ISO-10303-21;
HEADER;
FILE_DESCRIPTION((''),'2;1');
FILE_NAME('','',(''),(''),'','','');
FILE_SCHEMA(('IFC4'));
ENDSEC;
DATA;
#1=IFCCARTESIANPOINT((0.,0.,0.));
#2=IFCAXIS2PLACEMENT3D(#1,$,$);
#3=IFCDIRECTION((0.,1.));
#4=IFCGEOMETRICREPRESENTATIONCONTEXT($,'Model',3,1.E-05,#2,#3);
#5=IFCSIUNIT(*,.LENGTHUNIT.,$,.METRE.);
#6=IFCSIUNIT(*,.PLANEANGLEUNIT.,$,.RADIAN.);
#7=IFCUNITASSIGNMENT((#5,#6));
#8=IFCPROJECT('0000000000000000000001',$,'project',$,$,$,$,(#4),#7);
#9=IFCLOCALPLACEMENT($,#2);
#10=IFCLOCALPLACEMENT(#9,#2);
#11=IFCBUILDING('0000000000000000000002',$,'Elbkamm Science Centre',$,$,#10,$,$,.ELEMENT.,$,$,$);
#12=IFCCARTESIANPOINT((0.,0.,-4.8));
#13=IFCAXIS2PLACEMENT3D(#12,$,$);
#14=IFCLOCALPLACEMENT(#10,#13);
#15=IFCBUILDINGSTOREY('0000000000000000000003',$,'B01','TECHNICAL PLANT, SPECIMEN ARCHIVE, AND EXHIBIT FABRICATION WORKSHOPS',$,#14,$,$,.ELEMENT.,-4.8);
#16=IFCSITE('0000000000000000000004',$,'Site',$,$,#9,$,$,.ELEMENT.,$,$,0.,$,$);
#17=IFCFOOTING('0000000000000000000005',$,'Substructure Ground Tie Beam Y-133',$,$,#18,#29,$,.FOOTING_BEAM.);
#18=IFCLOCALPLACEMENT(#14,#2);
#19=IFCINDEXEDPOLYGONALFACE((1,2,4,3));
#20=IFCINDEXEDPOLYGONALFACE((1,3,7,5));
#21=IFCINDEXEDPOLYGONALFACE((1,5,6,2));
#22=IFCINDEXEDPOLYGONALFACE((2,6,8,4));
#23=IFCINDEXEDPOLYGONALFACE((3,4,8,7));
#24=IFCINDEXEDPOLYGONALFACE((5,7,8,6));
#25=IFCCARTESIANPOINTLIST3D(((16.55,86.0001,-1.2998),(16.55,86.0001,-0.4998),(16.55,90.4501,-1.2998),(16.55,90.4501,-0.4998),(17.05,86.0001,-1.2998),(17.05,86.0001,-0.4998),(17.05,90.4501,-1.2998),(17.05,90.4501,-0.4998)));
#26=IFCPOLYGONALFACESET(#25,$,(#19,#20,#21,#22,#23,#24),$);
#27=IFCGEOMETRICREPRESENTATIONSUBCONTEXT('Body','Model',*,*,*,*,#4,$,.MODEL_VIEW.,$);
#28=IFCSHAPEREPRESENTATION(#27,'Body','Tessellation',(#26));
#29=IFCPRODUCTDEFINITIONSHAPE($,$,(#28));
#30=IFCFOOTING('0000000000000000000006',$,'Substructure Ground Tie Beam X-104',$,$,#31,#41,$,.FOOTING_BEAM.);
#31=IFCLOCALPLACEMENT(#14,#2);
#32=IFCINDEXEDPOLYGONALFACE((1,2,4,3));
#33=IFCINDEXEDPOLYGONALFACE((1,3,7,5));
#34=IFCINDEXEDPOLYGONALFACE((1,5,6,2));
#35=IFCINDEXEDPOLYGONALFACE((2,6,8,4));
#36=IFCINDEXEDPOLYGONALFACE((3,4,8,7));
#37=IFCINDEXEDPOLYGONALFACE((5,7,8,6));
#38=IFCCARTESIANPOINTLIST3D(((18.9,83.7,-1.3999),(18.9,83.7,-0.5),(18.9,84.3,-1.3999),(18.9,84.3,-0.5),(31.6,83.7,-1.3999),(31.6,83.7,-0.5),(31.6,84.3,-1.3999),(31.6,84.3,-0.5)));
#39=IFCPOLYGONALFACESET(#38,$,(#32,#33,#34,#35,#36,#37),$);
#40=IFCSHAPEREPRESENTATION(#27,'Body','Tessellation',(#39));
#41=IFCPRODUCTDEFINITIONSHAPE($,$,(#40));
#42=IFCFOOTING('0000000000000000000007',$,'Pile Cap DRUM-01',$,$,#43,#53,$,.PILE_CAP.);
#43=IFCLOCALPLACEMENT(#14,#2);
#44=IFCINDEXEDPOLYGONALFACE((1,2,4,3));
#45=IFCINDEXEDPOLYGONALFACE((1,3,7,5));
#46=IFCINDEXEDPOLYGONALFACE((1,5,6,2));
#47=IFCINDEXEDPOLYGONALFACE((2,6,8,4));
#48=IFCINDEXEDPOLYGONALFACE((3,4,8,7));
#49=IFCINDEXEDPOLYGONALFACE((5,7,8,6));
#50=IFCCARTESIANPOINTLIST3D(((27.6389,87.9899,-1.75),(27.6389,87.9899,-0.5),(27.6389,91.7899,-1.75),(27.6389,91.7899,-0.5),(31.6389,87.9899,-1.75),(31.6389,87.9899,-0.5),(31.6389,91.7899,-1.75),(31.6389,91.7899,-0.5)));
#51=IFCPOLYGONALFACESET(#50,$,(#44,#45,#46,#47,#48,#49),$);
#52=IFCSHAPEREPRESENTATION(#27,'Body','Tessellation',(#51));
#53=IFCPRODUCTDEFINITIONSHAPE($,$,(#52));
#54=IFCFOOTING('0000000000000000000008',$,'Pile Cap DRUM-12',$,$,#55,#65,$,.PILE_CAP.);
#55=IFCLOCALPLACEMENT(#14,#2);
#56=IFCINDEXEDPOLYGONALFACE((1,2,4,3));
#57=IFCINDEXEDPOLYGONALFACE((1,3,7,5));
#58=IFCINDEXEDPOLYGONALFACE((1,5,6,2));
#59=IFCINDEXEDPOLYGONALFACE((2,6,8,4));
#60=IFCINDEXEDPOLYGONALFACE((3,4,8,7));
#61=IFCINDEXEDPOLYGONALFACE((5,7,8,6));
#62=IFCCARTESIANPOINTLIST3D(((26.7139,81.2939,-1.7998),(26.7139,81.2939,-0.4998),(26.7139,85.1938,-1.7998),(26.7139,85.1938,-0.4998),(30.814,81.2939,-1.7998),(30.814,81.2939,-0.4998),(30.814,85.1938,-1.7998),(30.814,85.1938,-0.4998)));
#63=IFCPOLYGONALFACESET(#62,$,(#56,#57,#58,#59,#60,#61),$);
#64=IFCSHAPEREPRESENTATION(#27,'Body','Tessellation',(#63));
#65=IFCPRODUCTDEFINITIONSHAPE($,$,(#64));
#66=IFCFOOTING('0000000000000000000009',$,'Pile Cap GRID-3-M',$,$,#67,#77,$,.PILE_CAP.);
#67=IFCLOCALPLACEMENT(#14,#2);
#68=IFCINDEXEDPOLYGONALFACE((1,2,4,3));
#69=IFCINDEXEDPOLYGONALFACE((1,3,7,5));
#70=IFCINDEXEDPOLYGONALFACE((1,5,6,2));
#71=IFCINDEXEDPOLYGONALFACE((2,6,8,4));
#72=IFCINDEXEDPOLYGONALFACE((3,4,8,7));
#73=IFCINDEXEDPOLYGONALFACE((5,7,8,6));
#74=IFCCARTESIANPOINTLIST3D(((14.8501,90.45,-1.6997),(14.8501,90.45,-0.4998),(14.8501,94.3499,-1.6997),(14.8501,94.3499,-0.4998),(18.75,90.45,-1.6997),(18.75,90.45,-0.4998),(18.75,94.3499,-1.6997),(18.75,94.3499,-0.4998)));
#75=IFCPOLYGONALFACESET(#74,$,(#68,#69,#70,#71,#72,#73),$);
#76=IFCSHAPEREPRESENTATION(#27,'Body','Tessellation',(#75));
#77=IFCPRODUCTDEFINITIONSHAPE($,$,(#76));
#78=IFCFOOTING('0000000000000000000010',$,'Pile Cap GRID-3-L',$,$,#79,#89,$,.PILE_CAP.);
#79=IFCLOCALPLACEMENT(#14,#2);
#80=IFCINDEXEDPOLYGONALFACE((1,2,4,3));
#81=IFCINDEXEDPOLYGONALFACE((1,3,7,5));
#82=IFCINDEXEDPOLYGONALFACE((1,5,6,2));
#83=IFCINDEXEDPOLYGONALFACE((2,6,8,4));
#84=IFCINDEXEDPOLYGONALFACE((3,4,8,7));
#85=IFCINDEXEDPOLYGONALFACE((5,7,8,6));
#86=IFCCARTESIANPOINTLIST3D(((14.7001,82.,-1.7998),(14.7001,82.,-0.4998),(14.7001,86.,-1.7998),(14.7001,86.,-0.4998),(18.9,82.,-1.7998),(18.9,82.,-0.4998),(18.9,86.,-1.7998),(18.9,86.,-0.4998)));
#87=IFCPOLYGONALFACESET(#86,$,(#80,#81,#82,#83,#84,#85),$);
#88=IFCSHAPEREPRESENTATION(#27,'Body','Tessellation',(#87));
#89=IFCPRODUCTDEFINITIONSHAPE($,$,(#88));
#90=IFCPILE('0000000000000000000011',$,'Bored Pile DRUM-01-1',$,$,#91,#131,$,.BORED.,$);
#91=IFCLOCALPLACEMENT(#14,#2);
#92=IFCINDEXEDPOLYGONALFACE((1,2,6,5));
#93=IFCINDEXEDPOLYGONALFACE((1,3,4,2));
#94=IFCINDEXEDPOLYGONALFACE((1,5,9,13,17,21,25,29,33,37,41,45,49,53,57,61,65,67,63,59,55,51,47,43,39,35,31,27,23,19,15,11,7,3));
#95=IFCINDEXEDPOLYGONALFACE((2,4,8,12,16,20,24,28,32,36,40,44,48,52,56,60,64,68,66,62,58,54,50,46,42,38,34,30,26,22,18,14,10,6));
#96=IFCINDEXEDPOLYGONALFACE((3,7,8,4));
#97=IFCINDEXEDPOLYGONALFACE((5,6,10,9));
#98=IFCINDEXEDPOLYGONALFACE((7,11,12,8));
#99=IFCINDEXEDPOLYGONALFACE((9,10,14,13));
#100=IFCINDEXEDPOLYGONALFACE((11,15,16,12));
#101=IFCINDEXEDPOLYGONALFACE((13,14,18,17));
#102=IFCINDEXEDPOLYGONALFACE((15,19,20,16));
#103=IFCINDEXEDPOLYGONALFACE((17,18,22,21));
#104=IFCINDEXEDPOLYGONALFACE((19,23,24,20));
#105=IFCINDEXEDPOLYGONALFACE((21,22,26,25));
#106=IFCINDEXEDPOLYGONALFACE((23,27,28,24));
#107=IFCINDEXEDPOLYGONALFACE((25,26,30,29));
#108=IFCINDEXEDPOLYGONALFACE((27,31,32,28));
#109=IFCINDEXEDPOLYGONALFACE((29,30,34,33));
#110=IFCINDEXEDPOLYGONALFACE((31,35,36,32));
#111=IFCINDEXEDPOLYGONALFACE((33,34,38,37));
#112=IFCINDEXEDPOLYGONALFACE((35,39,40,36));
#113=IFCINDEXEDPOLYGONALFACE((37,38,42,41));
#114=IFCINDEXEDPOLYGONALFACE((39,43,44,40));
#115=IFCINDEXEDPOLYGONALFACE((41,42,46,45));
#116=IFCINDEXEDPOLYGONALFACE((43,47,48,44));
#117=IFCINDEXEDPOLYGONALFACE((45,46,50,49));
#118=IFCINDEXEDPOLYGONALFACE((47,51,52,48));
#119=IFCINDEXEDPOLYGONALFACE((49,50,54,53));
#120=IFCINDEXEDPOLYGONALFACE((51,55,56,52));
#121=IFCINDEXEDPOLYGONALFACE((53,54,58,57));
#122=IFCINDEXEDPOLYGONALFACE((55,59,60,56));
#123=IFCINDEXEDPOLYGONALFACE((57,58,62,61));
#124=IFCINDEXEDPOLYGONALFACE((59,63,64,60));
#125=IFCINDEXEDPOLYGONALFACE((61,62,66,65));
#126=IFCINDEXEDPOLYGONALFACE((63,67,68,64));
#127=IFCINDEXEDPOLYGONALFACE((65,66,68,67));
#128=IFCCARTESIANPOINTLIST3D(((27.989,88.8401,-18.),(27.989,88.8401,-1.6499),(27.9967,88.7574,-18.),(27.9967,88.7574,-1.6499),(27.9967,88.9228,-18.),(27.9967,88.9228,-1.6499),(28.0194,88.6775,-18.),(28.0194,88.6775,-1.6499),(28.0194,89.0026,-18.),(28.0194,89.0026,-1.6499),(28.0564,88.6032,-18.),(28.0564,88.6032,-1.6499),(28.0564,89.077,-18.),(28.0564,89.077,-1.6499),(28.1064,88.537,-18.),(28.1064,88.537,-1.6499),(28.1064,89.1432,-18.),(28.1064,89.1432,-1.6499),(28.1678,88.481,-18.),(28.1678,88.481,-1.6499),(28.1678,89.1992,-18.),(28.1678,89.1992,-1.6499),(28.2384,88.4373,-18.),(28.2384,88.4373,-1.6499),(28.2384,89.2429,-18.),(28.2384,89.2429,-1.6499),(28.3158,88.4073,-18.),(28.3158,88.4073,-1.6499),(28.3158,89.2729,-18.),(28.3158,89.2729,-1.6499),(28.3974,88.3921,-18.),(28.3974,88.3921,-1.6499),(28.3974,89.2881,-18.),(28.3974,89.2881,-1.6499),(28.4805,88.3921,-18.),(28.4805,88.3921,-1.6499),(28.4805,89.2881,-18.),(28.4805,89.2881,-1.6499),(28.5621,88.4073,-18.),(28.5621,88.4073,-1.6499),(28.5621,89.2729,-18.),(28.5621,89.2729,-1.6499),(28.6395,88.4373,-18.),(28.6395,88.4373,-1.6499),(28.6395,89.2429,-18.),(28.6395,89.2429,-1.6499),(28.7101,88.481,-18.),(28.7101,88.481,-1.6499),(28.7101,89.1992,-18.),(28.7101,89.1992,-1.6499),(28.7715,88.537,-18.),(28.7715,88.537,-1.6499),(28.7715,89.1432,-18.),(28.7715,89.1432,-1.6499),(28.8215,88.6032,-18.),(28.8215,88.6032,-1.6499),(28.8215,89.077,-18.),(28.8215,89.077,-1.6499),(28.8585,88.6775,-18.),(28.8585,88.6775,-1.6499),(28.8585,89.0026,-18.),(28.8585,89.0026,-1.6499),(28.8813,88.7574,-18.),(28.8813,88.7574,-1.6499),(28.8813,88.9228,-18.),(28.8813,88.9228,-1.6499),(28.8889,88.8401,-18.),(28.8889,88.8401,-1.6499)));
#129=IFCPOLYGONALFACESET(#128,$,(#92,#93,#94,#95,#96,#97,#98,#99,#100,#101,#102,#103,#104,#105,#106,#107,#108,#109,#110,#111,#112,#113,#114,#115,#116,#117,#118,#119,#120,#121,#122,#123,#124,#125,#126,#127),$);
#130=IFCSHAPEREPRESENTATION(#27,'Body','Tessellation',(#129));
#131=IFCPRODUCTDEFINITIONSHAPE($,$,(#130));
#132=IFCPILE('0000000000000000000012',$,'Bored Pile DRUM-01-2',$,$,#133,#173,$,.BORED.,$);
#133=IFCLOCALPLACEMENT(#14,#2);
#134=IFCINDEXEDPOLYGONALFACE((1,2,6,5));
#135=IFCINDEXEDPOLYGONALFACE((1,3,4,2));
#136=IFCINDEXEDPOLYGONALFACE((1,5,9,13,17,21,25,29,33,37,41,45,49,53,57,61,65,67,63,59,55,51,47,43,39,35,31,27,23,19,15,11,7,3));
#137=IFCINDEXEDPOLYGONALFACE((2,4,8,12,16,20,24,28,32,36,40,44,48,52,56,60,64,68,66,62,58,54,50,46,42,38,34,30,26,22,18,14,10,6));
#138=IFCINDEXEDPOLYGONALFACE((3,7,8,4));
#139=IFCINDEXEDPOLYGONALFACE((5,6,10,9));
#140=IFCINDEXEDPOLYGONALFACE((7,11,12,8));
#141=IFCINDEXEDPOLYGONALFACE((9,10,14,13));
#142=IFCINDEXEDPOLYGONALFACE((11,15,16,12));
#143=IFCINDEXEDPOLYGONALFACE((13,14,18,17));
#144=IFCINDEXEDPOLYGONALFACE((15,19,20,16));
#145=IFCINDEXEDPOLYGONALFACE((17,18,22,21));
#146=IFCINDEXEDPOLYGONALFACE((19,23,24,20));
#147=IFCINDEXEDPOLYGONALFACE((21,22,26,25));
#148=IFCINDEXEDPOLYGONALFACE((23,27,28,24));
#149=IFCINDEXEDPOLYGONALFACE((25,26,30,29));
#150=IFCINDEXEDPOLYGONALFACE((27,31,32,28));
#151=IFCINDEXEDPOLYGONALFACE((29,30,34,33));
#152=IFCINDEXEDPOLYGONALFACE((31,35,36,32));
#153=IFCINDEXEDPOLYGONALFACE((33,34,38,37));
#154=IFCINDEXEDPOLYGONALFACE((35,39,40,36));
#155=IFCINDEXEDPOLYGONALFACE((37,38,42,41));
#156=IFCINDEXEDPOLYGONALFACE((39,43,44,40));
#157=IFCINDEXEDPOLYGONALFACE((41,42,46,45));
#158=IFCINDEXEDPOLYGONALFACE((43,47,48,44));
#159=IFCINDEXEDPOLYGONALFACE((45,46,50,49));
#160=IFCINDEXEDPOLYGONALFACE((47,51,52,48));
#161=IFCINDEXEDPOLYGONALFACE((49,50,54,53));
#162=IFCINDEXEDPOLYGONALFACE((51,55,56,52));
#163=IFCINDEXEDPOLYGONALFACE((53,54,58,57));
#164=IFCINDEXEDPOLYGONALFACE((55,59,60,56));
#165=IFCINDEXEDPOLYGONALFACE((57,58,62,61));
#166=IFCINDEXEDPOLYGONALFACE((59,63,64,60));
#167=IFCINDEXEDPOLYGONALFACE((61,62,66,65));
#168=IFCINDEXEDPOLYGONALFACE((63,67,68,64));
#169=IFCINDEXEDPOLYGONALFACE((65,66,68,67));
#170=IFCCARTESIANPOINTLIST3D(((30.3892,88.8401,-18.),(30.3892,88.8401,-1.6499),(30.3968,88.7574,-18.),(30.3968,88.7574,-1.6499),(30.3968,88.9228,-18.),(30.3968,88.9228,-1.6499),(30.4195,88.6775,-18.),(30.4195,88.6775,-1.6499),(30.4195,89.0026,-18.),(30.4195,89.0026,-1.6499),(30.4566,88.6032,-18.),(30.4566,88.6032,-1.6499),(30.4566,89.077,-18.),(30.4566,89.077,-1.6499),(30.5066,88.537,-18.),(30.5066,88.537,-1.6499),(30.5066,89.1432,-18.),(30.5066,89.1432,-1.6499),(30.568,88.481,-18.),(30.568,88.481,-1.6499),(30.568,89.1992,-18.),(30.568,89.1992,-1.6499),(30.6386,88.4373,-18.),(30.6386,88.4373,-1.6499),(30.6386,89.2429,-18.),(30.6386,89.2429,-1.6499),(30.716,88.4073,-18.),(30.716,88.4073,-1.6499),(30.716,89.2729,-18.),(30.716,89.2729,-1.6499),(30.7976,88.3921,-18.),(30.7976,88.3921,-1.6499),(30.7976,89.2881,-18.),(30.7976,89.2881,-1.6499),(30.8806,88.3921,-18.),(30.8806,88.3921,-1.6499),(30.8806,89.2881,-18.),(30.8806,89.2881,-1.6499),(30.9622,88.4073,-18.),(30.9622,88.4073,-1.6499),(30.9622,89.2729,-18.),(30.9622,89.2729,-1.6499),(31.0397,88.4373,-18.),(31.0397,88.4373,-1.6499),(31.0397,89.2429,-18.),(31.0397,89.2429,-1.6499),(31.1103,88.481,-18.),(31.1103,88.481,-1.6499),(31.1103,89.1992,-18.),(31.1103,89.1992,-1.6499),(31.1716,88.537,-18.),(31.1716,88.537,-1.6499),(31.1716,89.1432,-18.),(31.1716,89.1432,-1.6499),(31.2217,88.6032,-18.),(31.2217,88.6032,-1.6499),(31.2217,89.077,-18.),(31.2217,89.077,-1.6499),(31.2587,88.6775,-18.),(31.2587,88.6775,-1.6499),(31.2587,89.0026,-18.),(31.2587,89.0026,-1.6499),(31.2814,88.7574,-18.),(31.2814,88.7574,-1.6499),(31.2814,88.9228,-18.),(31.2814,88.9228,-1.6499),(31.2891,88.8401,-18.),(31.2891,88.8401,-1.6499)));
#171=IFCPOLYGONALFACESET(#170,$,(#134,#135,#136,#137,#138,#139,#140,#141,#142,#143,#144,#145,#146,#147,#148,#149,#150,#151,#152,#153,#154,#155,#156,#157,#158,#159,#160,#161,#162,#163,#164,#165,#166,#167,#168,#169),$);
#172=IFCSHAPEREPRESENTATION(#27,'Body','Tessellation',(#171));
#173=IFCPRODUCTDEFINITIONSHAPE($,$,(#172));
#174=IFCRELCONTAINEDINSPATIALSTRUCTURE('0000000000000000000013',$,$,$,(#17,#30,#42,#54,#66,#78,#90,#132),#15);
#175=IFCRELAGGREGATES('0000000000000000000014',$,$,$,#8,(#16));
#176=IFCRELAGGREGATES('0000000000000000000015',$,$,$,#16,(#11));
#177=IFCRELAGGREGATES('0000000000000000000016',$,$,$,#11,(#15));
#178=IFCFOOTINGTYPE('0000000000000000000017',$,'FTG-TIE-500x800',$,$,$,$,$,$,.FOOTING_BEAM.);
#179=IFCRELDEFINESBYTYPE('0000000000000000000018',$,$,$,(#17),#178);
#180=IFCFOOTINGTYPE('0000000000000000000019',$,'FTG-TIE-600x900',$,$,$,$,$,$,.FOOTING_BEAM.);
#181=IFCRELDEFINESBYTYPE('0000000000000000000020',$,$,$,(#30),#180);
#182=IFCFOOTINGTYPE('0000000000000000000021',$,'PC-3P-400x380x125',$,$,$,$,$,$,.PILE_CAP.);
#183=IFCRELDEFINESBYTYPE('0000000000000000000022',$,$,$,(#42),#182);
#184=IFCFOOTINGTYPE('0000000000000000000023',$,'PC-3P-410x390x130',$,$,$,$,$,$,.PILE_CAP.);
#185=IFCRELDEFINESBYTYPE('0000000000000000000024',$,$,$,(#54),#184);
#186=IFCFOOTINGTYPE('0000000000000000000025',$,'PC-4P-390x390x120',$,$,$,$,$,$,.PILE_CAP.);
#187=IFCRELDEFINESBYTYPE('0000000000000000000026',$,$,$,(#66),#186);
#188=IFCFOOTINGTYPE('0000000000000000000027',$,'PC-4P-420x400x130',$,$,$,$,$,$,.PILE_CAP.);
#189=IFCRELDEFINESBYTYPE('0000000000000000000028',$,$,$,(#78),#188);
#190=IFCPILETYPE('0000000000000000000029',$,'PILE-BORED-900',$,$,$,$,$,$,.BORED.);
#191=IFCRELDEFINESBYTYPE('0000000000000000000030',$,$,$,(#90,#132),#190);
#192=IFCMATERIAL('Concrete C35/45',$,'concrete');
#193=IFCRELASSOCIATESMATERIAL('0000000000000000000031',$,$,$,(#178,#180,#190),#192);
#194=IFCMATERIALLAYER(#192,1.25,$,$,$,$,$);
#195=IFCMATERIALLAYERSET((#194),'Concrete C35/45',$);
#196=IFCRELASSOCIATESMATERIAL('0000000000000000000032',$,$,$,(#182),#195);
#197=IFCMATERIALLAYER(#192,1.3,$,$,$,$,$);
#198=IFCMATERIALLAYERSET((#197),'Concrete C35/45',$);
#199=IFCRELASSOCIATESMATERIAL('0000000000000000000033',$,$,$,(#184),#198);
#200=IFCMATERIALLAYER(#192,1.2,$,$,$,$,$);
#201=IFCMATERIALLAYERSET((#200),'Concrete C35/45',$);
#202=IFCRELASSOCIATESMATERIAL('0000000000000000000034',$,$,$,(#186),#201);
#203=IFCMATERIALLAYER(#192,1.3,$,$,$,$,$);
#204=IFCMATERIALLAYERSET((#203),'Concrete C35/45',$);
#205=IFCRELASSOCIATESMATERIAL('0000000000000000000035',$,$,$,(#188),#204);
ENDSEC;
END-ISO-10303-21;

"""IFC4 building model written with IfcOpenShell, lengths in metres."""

from ifc_helpers import new_model, si_unit, direction, frame, origin, origin_2d, place, context, subcontext, project, spatial, rectangle, circle, extrude, material, layer, layer_set, material_profile, profile_set, type_object, element, save


model = new_model("IFC4")

# Units and contexts
model_context = context("Model", 3, precision=1e-05, world=origin(), true_north=direction((0.0, 1.0)))
body_context = subcontext(model_context, "Body", "Model", "MODEL_VIEW")
ifc_project = project(units=[si_unit("LENGTHUNIT", "METRE"), si_unit("PLANEANGLEUNIT", "RADIAN")], contexts=[model_context])

# Site, building, storey
site_placement = place(None, origin())
site = spatial("IfcSite", under=ifc_project, at=site_placement, Name="Site", CompositionType="ELEMENT", RefElevation=0.0)
building_placement = place(site_placement, origin())
building = spatial("IfcBuilding", under=site, at=building_placement, Name="Elbkamm Science Centre", CompositionType="ELEMENT")
storey_placement = place(building_placement, frame((0.0, 0.0, -4.8)))
storey = spatial("IfcBuildingStorey", under=building, at=storey_placement, Name="B01", Description="TECHNICAL PLANT, SPECIMEN ARCHIVE, AND EXHIBIT FABRICATION WORKSHOPS", CompositionType="ELEMENT", Elevation=-4.8)

# Footings
ifc_material_1 = material(Name="Concrete C35/45", Category="concrete")
footing_type_1 = type_object("IfcFootingType", Name="FTG-TIE-500x800", PredefinedType="FOOTING_BEAM", material=ifc_material_1)
footing_1_placement = place(storey_placement, frame((16.8, 88.2251, -1.2998), z_axis=(0.0, 0.0, 1.0), x_axis=(1.0, 0.0, 0.0)))
element("IfcFooting", 1, at=footing_1_placement, inside=storey, type_object=footing_type_1, Name="Substructure Ground Tie Beam Y-133", PredefinedType="FOOTING_BEAM", context=body_context, shape_type="SweptSolid", body=[
    extrude(rectangle(XDim=0.5, YDim=4.45, at=origin_2d()), origin(), (0.0, 0.0, 1.0), 0.8),
])
footing_type_2 = type_object("IfcFootingType", Name="FTG-TIE-600x900", PredefinedType="FOOTING_BEAM", material=ifc_material_1)
footing_2_placement = place(storey_placement, frame((25.25, 84.0, -1.3999), z_axis=(0.0, 0.0, 1.0), x_axis=(1.0, 0.0, 0.0)))
element("IfcFooting", 2, at=footing_2_placement, inside=storey, type_object=footing_type_2, Name="Substructure Ground Tie Beam X-104", PredefinedType="FOOTING_BEAM", context=body_context, shape_type="SweptSolid", body=[
    extrude(rectangle(XDim=12.7, YDim=0.6001, at=origin_2d()), origin(), (0.0, 0.0, 1.0), 0.8999),
])
ifc_layer_1 = layer(ifc_material_1, 1.25)
ifc_layer_set_1 = layer_set([ifc_layer_1], Name="Concrete C35/45")
footing_type_3 = type_object("IfcFootingType", Name="PC-3P-400x380x125", PredefinedType="PILE_CAP", material=ifc_layer_set_1)
footing_3_placement = place(storey_placement, frame((29.6389, 89.8899, -1.75), z_axis=(0.0, 0.0, 1.0), x_axis=(1.0, 0.0, 0.0)))
element("IfcFooting", 3, at=footing_3_placement, inside=storey, type_object=footing_type_3, Name="Pile Cap DRUM-01", PredefinedType="PILE_CAP", context=body_context, shape_type="SweptSolid", body=[
    extrude(rectangle(XDim=4.0, YDim=3.8, at=origin_2d()), origin(), (0.0, 0.0, 1.0), 1.25),
])
ifc_layer_2 = layer(ifc_material_1, 1.3)
ifc_layer_set_2 = layer_set([ifc_layer_2], Name="Concrete C35/45")
footing_type_4 = type_object("IfcFootingType", Name="PC-3P-410x390x130", PredefinedType="PILE_CAP", material=ifc_layer_set_2)
footing_4_placement = place(storey_placement, frame((28.7639, 83.2439, -1.7998), z_axis=(0.0, 0.0, 1.0), x_axis=(1.0, 0.0, 0.0)))
element("IfcFooting", 4, at=footing_4_placement, inside=storey, type_object=footing_type_4, Name="Pile Cap DRUM-12", PredefinedType="PILE_CAP", context=body_context, shape_type="SweptSolid", body=[
    extrude(rectangle(XDim=4.1001, YDim=3.8999, at=origin_2d()), origin(), (0.0, 0.0, 1.0), 1.3),
])
ifc_layer_3 = layer(ifc_material_1, 1.2)
ifc_layer_set_3 = layer_set([ifc_layer_3], Name="Concrete C35/45")
footing_type_5 = type_object("IfcFootingType", Name="PC-4P-390x390x120", PredefinedType="PILE_CAP", material=ifc_layer_set_3)
footing_5_placement = place(storey_placement, frame((16.8, 92.3999, -1.6997), z_axis=(0.0, 0.0, 1.0), x_axis=(1.0, 0.0, 0.0)))
element("IfcFooting", 5, at=footing_5_placement, inside=storey, type_object=footing_type_5, Name="Pile Cap GRID-3-M", PredefinedType="PILE_CAP", context=body_context, shape_type="SweptSolid", body=[
    extrude(rectangle(XDim=3.8999, YDim=3.8999, at=origin_2d()), origin(), (0.0, 0.0, 1.0), 1.2),
])
ifc_layer_4 = layer(ifc_material_1, 1.3)
ifc_layer_set_4 = layer_set([ifc_layer_4], Name="Concrete C35/45")
footing_type_6 = type_object("IfcFootingType", Name="PC-4P-420x400x130", PredefinedType="PILE_CAP", material=ifc_layer_set_4)
footing_6_placement = place(storey_placement, frame((16.8, 84.0, -1.7998), z_axis=(0.0, 0.0, 1.0), x_axis=(1.0, 0.0, 0.0)))
element("IfcFooting", 6, at=footing_6_placement, inside=storey, type_object=footing_type_6, Name="Pile Cap GRID-3-L", PredefinedType="PILE_CAP", context=body_context, shape_type="SweptSolid", body=[
    extrude(rectangle(XDim=4.2, YDim=4.0, at=origin_2d()), origin(), (0.0, 0.0, 1.0), 1.3),
])

# Piles
ifc_material_profile_1 = material_profile(ifc_material_1, circle(Radius=0.45, at=origin_2d()), Name="PILE D900")
ifc_profile_set_1 = profile_set([ifc_material_profile_1], Name="Concrete C35/45")
pile_type = type_object("IfcPileType", Name="PILE-BORED-900", PredefinedType="BORED", material=ifc_profile_set_1)
for number, where, z_axis, x_axis, name in (
    (7, (28.439, 88.8401, -1.6499), (0.0, 0.0, -1.0), (1.0, 0.0, 0.0), "Bored Pile DRUM-01-1"),
    (8, (30.8391, 88.8401, -1.6499), (0.0, 0.0, -1.0), (1.0, 0.0, 0.0), "Bored Pile DRUM-01-2"),
):
    element("IfcPile", number, at=place(storey_placement, frame(where, z_axis=z_axis, x_axis=x_axis)), inside=storey, type_object=pile_type, Name=name, PredefinedType="BORED", context=body_context, shape_type="SweptSolid", body=[
        extrude(circle(Radius=0.45, at=origin_2d()), origin(), (0.0, 0.0, 1.0), 16.3501),
    ])

save(model, "model.ifc")
